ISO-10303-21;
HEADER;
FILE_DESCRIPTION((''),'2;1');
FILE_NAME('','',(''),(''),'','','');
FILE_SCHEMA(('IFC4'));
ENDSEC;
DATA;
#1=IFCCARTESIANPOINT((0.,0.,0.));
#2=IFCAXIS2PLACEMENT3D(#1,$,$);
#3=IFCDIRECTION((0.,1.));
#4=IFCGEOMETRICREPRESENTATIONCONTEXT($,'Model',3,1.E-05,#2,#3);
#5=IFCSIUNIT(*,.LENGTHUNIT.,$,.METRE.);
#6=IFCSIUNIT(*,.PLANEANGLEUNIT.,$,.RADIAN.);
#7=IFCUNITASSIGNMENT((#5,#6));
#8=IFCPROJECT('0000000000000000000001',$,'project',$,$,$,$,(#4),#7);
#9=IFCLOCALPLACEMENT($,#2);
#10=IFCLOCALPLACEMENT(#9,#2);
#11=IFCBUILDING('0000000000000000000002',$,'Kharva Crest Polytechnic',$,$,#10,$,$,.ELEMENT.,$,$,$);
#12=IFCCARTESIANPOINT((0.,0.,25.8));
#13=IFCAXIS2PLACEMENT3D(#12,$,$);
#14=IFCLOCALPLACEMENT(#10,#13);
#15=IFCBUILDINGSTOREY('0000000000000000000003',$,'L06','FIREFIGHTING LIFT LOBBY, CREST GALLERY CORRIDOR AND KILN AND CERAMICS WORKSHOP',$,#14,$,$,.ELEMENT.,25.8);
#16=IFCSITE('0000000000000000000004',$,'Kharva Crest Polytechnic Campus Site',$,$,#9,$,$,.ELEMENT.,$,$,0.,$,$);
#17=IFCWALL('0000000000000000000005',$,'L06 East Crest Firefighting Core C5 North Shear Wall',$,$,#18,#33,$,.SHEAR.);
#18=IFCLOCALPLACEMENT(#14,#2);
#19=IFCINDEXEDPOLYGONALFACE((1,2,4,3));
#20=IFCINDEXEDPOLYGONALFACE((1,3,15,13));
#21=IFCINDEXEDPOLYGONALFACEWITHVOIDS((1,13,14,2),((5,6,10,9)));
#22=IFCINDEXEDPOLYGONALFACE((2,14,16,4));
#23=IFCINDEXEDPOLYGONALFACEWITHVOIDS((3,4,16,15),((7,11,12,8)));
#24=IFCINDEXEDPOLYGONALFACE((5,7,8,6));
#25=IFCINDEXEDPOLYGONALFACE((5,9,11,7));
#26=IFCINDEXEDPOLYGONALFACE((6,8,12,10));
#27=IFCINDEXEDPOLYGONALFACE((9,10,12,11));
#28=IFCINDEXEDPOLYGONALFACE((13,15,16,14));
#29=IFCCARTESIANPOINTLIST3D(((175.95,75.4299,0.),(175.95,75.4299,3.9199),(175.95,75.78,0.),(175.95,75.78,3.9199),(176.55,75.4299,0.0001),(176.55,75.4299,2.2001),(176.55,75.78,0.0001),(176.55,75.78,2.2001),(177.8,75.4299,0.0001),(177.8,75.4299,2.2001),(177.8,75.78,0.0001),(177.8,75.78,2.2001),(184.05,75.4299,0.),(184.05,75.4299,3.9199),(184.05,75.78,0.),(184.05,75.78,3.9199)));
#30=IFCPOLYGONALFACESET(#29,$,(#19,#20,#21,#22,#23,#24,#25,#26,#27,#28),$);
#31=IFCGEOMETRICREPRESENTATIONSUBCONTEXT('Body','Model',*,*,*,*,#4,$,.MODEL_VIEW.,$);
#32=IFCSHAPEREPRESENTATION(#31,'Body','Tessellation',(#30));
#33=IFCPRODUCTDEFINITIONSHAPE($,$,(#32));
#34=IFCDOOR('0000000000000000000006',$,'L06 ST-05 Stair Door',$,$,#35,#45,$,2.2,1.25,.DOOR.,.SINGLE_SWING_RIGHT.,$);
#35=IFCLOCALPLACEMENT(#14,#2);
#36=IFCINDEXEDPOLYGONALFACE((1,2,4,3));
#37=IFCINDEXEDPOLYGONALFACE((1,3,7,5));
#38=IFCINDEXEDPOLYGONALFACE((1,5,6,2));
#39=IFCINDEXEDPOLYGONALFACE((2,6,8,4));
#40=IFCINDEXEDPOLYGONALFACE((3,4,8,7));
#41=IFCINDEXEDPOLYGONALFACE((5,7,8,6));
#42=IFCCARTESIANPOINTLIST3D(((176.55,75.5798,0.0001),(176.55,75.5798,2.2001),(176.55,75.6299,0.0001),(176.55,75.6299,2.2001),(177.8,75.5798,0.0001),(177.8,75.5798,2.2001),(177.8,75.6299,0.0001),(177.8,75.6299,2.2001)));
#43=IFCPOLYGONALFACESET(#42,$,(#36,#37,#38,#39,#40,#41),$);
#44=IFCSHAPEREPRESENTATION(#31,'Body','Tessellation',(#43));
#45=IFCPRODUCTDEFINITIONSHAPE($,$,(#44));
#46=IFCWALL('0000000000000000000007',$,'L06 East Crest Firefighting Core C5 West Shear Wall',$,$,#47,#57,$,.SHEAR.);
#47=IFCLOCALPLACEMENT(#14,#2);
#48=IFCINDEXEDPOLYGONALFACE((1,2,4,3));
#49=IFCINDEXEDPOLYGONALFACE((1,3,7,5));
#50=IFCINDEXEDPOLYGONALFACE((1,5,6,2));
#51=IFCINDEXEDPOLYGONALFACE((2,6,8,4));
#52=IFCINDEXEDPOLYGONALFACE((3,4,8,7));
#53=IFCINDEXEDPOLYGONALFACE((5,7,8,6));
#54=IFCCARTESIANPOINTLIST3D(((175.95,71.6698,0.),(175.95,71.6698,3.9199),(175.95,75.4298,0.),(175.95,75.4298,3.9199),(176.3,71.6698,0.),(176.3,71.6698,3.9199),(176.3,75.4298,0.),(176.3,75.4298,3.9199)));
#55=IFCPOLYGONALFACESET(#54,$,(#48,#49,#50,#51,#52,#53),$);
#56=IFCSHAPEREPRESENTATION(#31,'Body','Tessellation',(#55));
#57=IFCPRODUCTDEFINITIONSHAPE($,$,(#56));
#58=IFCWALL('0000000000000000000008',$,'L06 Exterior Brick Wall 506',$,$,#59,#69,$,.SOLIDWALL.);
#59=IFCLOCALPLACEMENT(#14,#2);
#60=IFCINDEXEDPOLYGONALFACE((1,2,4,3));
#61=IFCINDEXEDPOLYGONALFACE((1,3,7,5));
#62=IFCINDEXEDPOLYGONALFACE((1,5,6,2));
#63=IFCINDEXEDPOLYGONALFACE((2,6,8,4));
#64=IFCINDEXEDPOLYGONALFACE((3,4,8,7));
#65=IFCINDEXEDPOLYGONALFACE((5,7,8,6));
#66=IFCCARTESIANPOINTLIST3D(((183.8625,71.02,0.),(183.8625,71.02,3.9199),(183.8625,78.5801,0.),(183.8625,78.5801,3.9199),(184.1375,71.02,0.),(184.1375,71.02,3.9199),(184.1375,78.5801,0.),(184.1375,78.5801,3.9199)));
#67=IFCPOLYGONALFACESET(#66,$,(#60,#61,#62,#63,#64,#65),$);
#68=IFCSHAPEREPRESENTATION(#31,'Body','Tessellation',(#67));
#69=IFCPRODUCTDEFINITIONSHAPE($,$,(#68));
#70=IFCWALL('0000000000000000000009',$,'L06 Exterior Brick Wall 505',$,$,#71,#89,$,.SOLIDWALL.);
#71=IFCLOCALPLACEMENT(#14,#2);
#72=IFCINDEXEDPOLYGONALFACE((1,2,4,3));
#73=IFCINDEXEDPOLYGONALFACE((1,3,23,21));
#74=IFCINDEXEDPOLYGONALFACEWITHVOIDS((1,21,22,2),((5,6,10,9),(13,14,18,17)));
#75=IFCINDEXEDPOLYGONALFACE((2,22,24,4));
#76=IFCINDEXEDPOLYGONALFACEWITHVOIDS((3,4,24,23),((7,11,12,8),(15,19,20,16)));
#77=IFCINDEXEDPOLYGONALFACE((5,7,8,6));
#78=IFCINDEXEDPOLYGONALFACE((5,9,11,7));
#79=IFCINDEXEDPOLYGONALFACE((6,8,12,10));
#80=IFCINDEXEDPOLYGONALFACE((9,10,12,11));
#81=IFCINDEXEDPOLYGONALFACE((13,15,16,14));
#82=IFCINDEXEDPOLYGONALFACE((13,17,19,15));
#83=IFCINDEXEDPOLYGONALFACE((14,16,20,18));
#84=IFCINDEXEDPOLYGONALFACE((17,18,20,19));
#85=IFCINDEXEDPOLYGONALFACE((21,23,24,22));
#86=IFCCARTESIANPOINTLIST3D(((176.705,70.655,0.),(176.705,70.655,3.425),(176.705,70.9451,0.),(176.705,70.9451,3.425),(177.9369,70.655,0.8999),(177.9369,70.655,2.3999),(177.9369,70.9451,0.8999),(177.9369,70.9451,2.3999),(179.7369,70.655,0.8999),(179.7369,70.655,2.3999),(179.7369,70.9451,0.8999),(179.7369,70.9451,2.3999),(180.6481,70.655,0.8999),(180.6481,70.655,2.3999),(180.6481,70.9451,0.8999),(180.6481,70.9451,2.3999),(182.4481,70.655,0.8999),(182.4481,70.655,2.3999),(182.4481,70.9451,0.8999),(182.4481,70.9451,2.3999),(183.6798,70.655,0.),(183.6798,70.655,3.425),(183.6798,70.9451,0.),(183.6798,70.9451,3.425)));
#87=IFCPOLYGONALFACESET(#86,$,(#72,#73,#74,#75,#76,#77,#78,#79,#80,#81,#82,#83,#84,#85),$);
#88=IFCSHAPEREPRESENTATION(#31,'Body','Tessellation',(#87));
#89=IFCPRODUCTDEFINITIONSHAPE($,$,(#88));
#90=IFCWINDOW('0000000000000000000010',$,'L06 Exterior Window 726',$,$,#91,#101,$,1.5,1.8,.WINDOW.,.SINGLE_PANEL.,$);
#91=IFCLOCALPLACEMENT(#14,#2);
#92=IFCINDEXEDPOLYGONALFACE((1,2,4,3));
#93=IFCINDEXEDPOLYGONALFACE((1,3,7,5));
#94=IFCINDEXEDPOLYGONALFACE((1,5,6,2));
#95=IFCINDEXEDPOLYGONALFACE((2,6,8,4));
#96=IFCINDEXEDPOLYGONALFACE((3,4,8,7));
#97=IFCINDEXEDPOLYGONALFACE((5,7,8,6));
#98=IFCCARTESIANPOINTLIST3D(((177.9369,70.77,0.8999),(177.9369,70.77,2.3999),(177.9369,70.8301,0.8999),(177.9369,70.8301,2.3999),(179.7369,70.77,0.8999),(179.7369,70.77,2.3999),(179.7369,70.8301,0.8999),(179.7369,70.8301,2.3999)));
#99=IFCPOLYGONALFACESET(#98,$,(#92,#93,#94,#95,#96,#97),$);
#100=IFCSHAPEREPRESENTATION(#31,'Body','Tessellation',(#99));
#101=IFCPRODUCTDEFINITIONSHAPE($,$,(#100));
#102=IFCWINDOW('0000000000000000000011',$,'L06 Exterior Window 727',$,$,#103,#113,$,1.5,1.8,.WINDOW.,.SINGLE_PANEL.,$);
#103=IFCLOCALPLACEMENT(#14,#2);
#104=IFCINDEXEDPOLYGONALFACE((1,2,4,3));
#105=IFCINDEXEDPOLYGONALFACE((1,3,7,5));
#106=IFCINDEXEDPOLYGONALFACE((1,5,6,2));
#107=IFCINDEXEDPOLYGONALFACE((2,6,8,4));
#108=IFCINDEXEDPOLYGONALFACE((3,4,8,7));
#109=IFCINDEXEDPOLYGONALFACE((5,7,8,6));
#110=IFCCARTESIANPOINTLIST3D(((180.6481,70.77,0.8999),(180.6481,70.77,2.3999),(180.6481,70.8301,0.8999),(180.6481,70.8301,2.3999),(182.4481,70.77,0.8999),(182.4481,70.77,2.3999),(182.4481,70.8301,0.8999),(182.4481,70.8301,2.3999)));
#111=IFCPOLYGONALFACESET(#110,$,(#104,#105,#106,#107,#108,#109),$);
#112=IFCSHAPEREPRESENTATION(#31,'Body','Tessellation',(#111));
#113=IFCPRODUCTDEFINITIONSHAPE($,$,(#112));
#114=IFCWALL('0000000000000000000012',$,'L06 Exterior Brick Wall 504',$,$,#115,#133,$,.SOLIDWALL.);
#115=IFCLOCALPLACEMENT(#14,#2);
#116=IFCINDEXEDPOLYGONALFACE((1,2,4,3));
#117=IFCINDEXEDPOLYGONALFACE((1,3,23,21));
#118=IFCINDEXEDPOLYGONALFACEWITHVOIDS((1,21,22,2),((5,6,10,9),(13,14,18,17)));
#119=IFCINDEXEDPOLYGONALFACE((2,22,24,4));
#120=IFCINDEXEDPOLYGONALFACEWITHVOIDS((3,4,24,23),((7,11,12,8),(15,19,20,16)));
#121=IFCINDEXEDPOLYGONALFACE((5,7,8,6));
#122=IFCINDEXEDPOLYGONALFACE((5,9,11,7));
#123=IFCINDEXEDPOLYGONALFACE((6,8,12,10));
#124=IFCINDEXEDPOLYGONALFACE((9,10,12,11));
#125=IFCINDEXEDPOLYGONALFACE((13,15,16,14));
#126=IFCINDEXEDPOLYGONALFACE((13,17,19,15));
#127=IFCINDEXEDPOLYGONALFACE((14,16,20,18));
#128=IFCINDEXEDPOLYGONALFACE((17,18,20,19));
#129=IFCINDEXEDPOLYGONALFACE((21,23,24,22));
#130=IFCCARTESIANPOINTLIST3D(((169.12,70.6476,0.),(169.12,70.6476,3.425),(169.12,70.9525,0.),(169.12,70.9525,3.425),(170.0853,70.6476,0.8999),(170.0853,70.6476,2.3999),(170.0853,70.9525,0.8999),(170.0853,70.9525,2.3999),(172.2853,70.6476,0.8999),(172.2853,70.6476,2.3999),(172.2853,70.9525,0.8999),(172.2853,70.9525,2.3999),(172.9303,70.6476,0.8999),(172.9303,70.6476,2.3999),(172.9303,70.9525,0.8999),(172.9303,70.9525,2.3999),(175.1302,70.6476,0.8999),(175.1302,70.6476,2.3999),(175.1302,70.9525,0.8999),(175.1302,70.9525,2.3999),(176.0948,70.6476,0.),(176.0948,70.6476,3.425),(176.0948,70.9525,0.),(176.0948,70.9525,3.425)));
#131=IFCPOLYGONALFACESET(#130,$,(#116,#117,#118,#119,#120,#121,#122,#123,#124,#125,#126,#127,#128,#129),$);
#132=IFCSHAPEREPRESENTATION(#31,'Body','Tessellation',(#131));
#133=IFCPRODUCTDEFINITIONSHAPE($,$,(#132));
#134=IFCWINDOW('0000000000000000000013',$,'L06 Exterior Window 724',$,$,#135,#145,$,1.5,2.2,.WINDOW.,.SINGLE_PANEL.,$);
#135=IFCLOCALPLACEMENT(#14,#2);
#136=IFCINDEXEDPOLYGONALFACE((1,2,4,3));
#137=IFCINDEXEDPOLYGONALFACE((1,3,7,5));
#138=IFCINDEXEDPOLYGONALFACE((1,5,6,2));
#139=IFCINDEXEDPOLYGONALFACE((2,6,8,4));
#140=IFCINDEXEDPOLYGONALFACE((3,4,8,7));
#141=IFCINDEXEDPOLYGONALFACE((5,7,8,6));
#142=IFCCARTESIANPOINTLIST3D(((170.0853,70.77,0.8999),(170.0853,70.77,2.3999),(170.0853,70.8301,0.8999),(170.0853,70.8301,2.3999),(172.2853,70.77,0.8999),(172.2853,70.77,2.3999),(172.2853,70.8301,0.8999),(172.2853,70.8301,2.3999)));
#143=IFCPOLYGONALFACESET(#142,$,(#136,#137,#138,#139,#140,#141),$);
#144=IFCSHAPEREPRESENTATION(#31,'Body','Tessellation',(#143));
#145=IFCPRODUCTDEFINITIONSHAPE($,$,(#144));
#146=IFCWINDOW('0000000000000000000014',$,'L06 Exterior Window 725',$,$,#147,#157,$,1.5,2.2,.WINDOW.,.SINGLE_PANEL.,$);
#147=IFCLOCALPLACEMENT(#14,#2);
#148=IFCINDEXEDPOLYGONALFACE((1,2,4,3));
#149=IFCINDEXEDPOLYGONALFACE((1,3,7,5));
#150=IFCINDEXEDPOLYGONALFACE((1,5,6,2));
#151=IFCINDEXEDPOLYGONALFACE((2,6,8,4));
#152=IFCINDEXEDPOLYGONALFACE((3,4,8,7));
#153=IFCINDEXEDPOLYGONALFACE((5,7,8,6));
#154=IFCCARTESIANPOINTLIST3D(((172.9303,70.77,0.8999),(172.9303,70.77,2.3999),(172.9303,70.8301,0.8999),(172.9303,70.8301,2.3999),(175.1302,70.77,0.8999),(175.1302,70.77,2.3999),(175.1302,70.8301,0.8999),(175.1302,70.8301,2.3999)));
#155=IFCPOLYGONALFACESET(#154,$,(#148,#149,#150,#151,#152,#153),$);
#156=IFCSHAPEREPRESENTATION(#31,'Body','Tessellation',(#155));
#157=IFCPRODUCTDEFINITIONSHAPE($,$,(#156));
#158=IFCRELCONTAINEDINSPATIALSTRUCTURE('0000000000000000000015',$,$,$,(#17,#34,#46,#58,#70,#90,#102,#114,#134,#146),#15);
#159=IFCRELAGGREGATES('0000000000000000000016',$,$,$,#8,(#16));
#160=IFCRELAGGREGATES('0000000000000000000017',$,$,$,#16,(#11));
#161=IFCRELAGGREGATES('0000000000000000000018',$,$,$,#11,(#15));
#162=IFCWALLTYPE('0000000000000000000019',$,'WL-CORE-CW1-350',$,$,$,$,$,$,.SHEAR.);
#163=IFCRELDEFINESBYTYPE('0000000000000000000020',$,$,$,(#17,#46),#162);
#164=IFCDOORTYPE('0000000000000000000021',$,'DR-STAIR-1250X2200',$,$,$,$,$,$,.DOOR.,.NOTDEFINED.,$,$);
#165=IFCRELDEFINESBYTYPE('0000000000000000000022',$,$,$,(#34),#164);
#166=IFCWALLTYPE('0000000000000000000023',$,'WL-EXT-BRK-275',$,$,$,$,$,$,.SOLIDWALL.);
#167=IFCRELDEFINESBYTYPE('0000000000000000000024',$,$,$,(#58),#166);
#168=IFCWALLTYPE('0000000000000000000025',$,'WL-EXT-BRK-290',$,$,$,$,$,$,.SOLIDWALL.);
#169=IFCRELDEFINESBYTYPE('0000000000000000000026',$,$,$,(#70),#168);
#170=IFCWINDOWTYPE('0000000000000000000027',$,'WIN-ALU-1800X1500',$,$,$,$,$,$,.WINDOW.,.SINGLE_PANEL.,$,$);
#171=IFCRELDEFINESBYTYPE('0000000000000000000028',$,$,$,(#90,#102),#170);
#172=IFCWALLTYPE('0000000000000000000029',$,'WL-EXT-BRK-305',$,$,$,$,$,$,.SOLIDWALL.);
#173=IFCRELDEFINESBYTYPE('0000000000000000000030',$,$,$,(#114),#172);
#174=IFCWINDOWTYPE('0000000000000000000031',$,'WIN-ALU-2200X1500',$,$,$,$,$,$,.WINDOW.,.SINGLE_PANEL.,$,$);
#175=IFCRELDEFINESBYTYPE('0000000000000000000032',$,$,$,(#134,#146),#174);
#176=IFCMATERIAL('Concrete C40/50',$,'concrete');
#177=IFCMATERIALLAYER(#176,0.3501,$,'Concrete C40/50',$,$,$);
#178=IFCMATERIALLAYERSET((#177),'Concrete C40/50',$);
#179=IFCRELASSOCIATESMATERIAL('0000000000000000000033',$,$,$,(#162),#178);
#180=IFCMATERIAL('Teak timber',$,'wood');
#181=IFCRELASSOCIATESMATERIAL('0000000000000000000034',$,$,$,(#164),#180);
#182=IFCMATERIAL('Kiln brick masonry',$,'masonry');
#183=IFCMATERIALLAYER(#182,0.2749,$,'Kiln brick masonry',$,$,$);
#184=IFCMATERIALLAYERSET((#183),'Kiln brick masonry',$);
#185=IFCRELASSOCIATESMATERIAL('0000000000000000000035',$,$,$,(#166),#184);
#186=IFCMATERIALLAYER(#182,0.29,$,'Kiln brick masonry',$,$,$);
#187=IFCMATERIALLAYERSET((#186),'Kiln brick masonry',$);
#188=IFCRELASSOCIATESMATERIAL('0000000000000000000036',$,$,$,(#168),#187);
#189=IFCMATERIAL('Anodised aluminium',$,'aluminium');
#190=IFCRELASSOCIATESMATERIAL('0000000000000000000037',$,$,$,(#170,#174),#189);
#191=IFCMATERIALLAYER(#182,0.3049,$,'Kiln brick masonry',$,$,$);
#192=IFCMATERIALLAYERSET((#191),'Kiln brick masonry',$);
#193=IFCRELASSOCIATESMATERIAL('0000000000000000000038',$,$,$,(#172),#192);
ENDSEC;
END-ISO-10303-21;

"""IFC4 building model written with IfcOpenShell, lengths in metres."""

from ifc_helpers import new_model, si_unit, direction, frame, frame_2d, origin, place, context, subcontext, project, spatial, rectangle, extrude, material, layer, layer_set, type_object, element, fill, save


model = new_model("IFC4")

# Units and contexts
model_context = context("Model", 3, precision=1e-05, world=origin(), true_north=direction((0.0, 1.0)))
body_context = subcontext(model_context, "Body", "Model", "MODEL_VIEW")
ifc_project = project(units=[si_unit("LENGTHUNIT", "METRE"), si_unit("PLANEANGLEUNIT", "RADIAN")], contexts=[model_context])

# Site, building, storey
site_placement = place(None, origin())
site = spatial("IfcSite", under=ifc_project, at=site_placement, Name="Kharva Crest Polytechnic Campus Site", CompositionType="ELEMENT", RefElevation=0.0)
building_placement = place(site_placement, origin())
building = spatial("IfcBuilding", under=site, at=building_placement, Name="Kharva Crest Polytechnic", CompositionType="ELEMENT")
storey_placement = place(building_placement, frame((0.0, 0.0, 25.8)))
storey = spatial("IfcBuildingStorey", under=building, at=storey_placement, Name="L06", Description="FIREFIGHTING LIFT LOBBY, CREST GALLERY CORRIDOR AND KILN AND CERAMICS WORKSHOP", CompositionType="ELEMENT", Elevation=25.8)

# Shared definitions
ifc_material_1 = material(Name="Concrete C40/50", Category="concrete")

# Shared definitions
ifc_layer_1 = layer(ifc_material_1, 0.3501, Name="Concrete C40/50")
ifc_layer_set_1 = layer_set([ifc_layer_1], Name="Concrete C40/50")
wall_type_1 = type_object("IfcWallType", Name="WL-CORE-CW1-350", PredefinedType="SHEAR", material=ifc_layer_set_1)

# Wall, opening, door
wall_1_placement = place(storey_placement, frame((175.95, 75.605, 0.0), z_axis=(0.0, 0.0, 1.0), x_axis=(1.0, 0.0, 0.0)))
wall_1 = element("IfcWall", 1, at=wall_1_placement, inside=storey, type_object=wall_type_1, Name="L06 East Crest Firefighting Core C5 North Shear Wall", PredefinedType="SHEAR", context=body_context, shape_type="SweptSolid", body=[
    extrude(rectangle(XDim=8.1001, YDim=0.3501, at=frame_2d((4.05, 0.0))), origin(), (0.0, 0.0, 1.0), 3.9199),
])
opening_1_placement = place(wall_1_placement, frame((0.6001, 0.0, 0.0)))
opening_1 = element("IfcOpeningElement", 2, at=opening_1_placement, cuts=wall_1, PredefinedType="OPENING", context=body_context, shape_type="SweptSolid", body=[
    extrude(rectangle(XDim=1.25, YDim=2.2, at=frame_2d((0.625, 1.1001))), frame((0.0, 0.1851, 0.0), z_axis=(0.0, -1.0, 0.0), x_axis=(1.0, 0.0, 0.0)), (0.0, 0.0, 1.0), 0.3701),
])
ifc_material_2 = material(Name="Teak timber", Category="wood")
door_type = type_object("IfcDoorType", Name="DR-STAIR-1250X2200", OperationType="NOTDEFINED", PredefinedType="DOOR", material=ifc_material_2)
door_placement = place(opening_1_placement, origin())
door = element("IfcDoor", 3, at=door_placement, inside=storey, type_object=door_type, Name="L06 ST-05 Stair Door", OperationType="SINGLE_SWING_RIGHT", OverallHeight=2.2, OverallWidth=1.25, PredefinedType="DOOR", context=body_context, shape_type="SweptSolid", body=[
    extrude(rectangle(XDim=1.25, YDim=2.2, at=frame_2d((0.625, 1.1001))), frame((0.0, 0.0249, 0.0), z_axis=(0.0, -1.0, 0.0), x_axis=(1.0, 0.0, 0.0)), (0.0, 0.0, 1.0), 0.05),
])
fill(opening_1, door)

# Walls
wall_2_placement = place(storey_placement, frame((176.125, 71.6699, 0.0), z_axis=(0.0, 0.0, 1.0), x_axis=(0.0, 1.0, 0.0)))
element("IfcWall", 4, at=wall_2_placement, inside=storey, type_object=wall_type_1, Name="L06 East Crest Firefighting Core C5 West Shear Wall", PredefinedType="SHEAR", context=body_context, shape_type="SweptSolid", body=[
    extrude(rectangle(XDim=3.76, YDim=0.3501, at=frame_2d((1.8799, 0.0))), origin(), (0.0, 0.0, 1.0), 3.9199),
])
ifc_material_3 = material(Name="Kiln brick masonry", Category="masonry")
ifc_layer_2 = layer(ifc_material_3, 0.2749, Name="Kiln brick masonry")
ifc_layer_set_2 = layer_set([ifc_layer_2], Name="Kiln brick masonry")
wall_type_2 = type_object("IfcWallType", Name="WL-EXT-BRK-275", PredefinedType="SOLIDWALL", material=ifc_layer_set_2)
wall_3_placement = place(storey_placement, frame((184.0, 71.02, 0.0), z_axis=(0.0, 0.0, 1.0), x_axis=(0.0, 1.0, 0.0)))
element("IfcWall", 5, at=wall_3_placement, inside=storey, type_object=wall_type_2, Name="L06 Exterior Brick Wall 506", PredefinedType="SOLIDWALL", context=body_context, shape_type="SweptSolid", body=[
    extrude(rectangle(XDim=7.5601, YDim=0.2749, at=frame_2d((3.78, 0.0))), origin(), (0.0, 0.0, 1.0), 3.9199),
])

# Walls, openings, windows
ifc_layer_3 = layer(ifc_material_3, 0.29, Name="Kiln brick masonry")
ifc_layer_set_3 = layer_set([ifc_layer_3], Name="Kiln brick masonry")
wall_type_3 = type_object("IfcWallType", Name="WL-EXT-BRK-290", PredefinedType="SOLIDWALL", material=ifc_layer_set_3)
wall_4_placement = place(storey_placement, frame((176.7051, 70.8, 0.0), z_axis=(0.0, 0.0, 1.0), x_axis=(1.0, 0.0, 0.0)))
wall_4 = element("IfcWall", 6, at=wall_4_placement, inside=storey, type_object=wall_type_3, Name="L06 Exterior Brick Wall 505", PredefinedType="SOLIDWALL", context=body_context, shape_type="SweptSolid", body=[
    extrude(rectangle(XDim=6.9749, YDim=0.29, at=frame_2d((3.4873, 0.0))), origin(), (0.0, 0.0, 1.0), 3.425),
])
opening_2_placement = place(wall_4_placement, frame((1.2319, 0.0, 0.8999)))
opening_2 = element("IfcOpeningElement", 7, at=opening_2_placement, cuts=wall_4, PredefinedType="OPENING", context=body_context, shape_type="SweptSolid", body=[
    extrude(rectangle(XDim=1.8, YDim=1.5, at=frame_2d((0.8999, 0.75))), frame((0.0, 0.155, 0.0), z_axis=(0.0, -1.0, 0.0), x_axis=(1.0, 0.0, 0.0)), (0.0, 0.0, 1.0), 0.3101),
])
opening_3_placement = place(wall_4_placement, frame((3.9431, 0.0, 0.8999)))
opening_3 = element("IfcOpeningElement", 8, at=opening_3_placement, cuts=wall_4, PredefinedType="OPENING", context=body_context, shape_type="SweptSolid", body=[
    extrude(rectangle(XDim=1.8, YDim=1.5, at=frame_2d((0.8999, 0.75))), frame((0.0, 0.155, 0.0), z_axis=(0.0, -1.0, 0.0), x_axis=(1.0, 0.0, 0.0)), (0.0, 0.0, 1.0), 0.3101),
])
ifc_material_4 = material(Name="Anodised aluminium", Category="aluminium")
window_type_1 = type_object("IfcWindowType", Name="WIN-ALU-1800X1500", PartitioningType="SINGLE_PANEL", PredefinedType="WINDOW", material=ifc_material_4)
window_1_placement = place(opening_2_placement, origin())
window_1 = element("IfcWindow", 9, at=window_1_placement, inside=storey, type_object=window_type_1, Name="L06 Exterior Window 726", OverallHeight=1.5, OverallWidth=1.8, PartitioningType="SINGLE_PANEL", PredefinedType="WINDOW", context=body_context, shape_type="SweptSolid", body=[
    extrude(rectangle(XDim=1.8, YDim=1.5, at=frame_2d((0.8999, 0.75))), frame((0.0, 0.03, 0.0), z_axis=(0.0, -1.0, 0.0), x_axis=(1.0, 0.0, 0.0)), (0.0, 0.0, 1.0), 0.0601),
])
fill(opening_2, window_1)
window_2_placement = place(opening_3_placement, origin())
window_2 = element("IfcWindow", 10, at=window_2_placement, inside=storey, type_object=window_type_1, Name="L06 Exterior Window 727", OverallHeight=1.5, OverallWidth=1.8, PartitioningType="SINGLE_PANEL", PredefinedType="WINDOW", context=body_context, shape_type="SweptSolid", body=[
    extrude(rectangle(XDim=1.8, YDim=1.5, at=frame_2d((0.8999, 0.75))), frame((0.0, 0.03, 0.0), z_axis=(0.0, -1.0, 0.0), x_axis=(1.0, 0.0, 0.0)), (0.0, 0.0, 1.0), 0.0601),
])
fill(opening_3, window_2)
ifc_layer_4 = layer(ifc_material_3, 0.3049, Name="Kiln brick masonry")
ifc_layer_set_4 = layer_set([ifc_layer_4], Name="Kiln brick masonry")
wall_type_4 = type_object("IfcWallType", Name="WL-EXT-BRK-305", PredefinedType="SOLIDWALL", material=ifc_layer_set_4)
wall_5_placement = place(storey_placement, frame((169.1201, 70.8, 0.0), z_axis=(0.0, 0.0, 1.0), x_axis=(1.0, 0.0, 0.0)))
wall_5 = element("IfcWall", 11, at=wall_5_placement, inside=storey, type_object=wall_type_4, Name="L06 Exterior Brick Wall 504", PredefinedType="SOLIDWALL", context=body_context, shape_type="SweptSolid", body=[
    extrude(rectangle(XDim=6.9749, YDim=0.3049, at=frame_2d((3.4873, 0.0))), origin(), (0.0, 0.0, 1.0), 3.425),
])
opening_4_placement = place(wall_5_placement, frame((0.9651, 0.0, 0.8999)))
opening_4 = element("IfcOpeningElement", 12, at=opening_4_placement, cuts=wall_5, PredefinedType="OPENING", context=body_context, shape_type="SweptSolid", body=[
    extrude(rectangle(XDim=2.2, YDim=1.5, at=frame_2d((1.1001, 0.75))), frame((0.0, 0.1624, 0.0), z_axis=(0.0, -1.0, 0.0), x_axis=(1.0, 0.0, 0.0)), (0.0, 0.0, 1.0), 0.325),
])
opening_5_placement = place(wall_5_placement, frame((3.8101, 0.0, 0.8999)))
opening_5 = element("IfcOpeningElement", 13, at=opening_5_placement, cuts=wall_5, PredefinedType="OPENING", context=body_context, shape_type="SweptSolid", body=[
    extrude(rectangle(XDim=2.2, YDim=1.5, at=frame_2d((1.1001, 0.75))), frame((0.0, 0.1624, 0.0), z_axis=(0.0, -1.0, 0.0), x_axis=(1.0, 0.0, 0.0)), (0.0, 0.0, 1.0), 0.325),
])
window_type_2 = type_object("IfcWindowType", Name="WIN-ALU-2200X1500", PartitioningType="SINGLE_PANEL", PredefinedType="WINDOW", material=ifc_material_4)
window_3_placement = place(opening_4_placement, origin())
window_3 = element("IfcWindow", 14, at=window_3_placement, inside=storey, type_object=window_type_2, Name="L06 Exterior Window 724", OverallHeight=1.5, OverallWidth=2.2, PartitioningType="SINGLE_PANEL", PredefinedType="WINDOW", context=body_context, shape_type="SweptSolid", body=[
    extrude(rectangle(XDim=2.2, YDim=1.5, at=frame_2d((1.1001, 0.75))), frame((0.0, 0.03, 0.0), z_axis=(0.0, -1.0, 0.0), x_axis=(1.0, 0.0, 0.0)), (0.0, 0.0, 1.0), 0.0601),
])
fill(opening_4, window_3)
window_4_placement = place(opening_5_placement, origin())
window_4 = element("IfcWindow", 15, at=window_4_placement, inside=storey, type_object=window_type_2, Name="L06 Exterior Window 725", OverallHeight=1.5, OverallWidth=2.2, PartitioningType="SINGLE_PANEL", PredefinedType="WINDOW", context=body_context, shape_type="SweptSolid", body=[
    extrude(rectangle(XDim=2.2, YDim=1.5, at=frame_2d((1.1001, 0.75))), frame((0.0, 0.03, 0.0), z_axis=(0.0, -1.0, 0.0), x_axis=(1.0, 0.0, 0.0)), (0.0, 0.0, 1.0), 0.0601),
])
fill(opening_5, window_4)

save(model, "model.ifc")
